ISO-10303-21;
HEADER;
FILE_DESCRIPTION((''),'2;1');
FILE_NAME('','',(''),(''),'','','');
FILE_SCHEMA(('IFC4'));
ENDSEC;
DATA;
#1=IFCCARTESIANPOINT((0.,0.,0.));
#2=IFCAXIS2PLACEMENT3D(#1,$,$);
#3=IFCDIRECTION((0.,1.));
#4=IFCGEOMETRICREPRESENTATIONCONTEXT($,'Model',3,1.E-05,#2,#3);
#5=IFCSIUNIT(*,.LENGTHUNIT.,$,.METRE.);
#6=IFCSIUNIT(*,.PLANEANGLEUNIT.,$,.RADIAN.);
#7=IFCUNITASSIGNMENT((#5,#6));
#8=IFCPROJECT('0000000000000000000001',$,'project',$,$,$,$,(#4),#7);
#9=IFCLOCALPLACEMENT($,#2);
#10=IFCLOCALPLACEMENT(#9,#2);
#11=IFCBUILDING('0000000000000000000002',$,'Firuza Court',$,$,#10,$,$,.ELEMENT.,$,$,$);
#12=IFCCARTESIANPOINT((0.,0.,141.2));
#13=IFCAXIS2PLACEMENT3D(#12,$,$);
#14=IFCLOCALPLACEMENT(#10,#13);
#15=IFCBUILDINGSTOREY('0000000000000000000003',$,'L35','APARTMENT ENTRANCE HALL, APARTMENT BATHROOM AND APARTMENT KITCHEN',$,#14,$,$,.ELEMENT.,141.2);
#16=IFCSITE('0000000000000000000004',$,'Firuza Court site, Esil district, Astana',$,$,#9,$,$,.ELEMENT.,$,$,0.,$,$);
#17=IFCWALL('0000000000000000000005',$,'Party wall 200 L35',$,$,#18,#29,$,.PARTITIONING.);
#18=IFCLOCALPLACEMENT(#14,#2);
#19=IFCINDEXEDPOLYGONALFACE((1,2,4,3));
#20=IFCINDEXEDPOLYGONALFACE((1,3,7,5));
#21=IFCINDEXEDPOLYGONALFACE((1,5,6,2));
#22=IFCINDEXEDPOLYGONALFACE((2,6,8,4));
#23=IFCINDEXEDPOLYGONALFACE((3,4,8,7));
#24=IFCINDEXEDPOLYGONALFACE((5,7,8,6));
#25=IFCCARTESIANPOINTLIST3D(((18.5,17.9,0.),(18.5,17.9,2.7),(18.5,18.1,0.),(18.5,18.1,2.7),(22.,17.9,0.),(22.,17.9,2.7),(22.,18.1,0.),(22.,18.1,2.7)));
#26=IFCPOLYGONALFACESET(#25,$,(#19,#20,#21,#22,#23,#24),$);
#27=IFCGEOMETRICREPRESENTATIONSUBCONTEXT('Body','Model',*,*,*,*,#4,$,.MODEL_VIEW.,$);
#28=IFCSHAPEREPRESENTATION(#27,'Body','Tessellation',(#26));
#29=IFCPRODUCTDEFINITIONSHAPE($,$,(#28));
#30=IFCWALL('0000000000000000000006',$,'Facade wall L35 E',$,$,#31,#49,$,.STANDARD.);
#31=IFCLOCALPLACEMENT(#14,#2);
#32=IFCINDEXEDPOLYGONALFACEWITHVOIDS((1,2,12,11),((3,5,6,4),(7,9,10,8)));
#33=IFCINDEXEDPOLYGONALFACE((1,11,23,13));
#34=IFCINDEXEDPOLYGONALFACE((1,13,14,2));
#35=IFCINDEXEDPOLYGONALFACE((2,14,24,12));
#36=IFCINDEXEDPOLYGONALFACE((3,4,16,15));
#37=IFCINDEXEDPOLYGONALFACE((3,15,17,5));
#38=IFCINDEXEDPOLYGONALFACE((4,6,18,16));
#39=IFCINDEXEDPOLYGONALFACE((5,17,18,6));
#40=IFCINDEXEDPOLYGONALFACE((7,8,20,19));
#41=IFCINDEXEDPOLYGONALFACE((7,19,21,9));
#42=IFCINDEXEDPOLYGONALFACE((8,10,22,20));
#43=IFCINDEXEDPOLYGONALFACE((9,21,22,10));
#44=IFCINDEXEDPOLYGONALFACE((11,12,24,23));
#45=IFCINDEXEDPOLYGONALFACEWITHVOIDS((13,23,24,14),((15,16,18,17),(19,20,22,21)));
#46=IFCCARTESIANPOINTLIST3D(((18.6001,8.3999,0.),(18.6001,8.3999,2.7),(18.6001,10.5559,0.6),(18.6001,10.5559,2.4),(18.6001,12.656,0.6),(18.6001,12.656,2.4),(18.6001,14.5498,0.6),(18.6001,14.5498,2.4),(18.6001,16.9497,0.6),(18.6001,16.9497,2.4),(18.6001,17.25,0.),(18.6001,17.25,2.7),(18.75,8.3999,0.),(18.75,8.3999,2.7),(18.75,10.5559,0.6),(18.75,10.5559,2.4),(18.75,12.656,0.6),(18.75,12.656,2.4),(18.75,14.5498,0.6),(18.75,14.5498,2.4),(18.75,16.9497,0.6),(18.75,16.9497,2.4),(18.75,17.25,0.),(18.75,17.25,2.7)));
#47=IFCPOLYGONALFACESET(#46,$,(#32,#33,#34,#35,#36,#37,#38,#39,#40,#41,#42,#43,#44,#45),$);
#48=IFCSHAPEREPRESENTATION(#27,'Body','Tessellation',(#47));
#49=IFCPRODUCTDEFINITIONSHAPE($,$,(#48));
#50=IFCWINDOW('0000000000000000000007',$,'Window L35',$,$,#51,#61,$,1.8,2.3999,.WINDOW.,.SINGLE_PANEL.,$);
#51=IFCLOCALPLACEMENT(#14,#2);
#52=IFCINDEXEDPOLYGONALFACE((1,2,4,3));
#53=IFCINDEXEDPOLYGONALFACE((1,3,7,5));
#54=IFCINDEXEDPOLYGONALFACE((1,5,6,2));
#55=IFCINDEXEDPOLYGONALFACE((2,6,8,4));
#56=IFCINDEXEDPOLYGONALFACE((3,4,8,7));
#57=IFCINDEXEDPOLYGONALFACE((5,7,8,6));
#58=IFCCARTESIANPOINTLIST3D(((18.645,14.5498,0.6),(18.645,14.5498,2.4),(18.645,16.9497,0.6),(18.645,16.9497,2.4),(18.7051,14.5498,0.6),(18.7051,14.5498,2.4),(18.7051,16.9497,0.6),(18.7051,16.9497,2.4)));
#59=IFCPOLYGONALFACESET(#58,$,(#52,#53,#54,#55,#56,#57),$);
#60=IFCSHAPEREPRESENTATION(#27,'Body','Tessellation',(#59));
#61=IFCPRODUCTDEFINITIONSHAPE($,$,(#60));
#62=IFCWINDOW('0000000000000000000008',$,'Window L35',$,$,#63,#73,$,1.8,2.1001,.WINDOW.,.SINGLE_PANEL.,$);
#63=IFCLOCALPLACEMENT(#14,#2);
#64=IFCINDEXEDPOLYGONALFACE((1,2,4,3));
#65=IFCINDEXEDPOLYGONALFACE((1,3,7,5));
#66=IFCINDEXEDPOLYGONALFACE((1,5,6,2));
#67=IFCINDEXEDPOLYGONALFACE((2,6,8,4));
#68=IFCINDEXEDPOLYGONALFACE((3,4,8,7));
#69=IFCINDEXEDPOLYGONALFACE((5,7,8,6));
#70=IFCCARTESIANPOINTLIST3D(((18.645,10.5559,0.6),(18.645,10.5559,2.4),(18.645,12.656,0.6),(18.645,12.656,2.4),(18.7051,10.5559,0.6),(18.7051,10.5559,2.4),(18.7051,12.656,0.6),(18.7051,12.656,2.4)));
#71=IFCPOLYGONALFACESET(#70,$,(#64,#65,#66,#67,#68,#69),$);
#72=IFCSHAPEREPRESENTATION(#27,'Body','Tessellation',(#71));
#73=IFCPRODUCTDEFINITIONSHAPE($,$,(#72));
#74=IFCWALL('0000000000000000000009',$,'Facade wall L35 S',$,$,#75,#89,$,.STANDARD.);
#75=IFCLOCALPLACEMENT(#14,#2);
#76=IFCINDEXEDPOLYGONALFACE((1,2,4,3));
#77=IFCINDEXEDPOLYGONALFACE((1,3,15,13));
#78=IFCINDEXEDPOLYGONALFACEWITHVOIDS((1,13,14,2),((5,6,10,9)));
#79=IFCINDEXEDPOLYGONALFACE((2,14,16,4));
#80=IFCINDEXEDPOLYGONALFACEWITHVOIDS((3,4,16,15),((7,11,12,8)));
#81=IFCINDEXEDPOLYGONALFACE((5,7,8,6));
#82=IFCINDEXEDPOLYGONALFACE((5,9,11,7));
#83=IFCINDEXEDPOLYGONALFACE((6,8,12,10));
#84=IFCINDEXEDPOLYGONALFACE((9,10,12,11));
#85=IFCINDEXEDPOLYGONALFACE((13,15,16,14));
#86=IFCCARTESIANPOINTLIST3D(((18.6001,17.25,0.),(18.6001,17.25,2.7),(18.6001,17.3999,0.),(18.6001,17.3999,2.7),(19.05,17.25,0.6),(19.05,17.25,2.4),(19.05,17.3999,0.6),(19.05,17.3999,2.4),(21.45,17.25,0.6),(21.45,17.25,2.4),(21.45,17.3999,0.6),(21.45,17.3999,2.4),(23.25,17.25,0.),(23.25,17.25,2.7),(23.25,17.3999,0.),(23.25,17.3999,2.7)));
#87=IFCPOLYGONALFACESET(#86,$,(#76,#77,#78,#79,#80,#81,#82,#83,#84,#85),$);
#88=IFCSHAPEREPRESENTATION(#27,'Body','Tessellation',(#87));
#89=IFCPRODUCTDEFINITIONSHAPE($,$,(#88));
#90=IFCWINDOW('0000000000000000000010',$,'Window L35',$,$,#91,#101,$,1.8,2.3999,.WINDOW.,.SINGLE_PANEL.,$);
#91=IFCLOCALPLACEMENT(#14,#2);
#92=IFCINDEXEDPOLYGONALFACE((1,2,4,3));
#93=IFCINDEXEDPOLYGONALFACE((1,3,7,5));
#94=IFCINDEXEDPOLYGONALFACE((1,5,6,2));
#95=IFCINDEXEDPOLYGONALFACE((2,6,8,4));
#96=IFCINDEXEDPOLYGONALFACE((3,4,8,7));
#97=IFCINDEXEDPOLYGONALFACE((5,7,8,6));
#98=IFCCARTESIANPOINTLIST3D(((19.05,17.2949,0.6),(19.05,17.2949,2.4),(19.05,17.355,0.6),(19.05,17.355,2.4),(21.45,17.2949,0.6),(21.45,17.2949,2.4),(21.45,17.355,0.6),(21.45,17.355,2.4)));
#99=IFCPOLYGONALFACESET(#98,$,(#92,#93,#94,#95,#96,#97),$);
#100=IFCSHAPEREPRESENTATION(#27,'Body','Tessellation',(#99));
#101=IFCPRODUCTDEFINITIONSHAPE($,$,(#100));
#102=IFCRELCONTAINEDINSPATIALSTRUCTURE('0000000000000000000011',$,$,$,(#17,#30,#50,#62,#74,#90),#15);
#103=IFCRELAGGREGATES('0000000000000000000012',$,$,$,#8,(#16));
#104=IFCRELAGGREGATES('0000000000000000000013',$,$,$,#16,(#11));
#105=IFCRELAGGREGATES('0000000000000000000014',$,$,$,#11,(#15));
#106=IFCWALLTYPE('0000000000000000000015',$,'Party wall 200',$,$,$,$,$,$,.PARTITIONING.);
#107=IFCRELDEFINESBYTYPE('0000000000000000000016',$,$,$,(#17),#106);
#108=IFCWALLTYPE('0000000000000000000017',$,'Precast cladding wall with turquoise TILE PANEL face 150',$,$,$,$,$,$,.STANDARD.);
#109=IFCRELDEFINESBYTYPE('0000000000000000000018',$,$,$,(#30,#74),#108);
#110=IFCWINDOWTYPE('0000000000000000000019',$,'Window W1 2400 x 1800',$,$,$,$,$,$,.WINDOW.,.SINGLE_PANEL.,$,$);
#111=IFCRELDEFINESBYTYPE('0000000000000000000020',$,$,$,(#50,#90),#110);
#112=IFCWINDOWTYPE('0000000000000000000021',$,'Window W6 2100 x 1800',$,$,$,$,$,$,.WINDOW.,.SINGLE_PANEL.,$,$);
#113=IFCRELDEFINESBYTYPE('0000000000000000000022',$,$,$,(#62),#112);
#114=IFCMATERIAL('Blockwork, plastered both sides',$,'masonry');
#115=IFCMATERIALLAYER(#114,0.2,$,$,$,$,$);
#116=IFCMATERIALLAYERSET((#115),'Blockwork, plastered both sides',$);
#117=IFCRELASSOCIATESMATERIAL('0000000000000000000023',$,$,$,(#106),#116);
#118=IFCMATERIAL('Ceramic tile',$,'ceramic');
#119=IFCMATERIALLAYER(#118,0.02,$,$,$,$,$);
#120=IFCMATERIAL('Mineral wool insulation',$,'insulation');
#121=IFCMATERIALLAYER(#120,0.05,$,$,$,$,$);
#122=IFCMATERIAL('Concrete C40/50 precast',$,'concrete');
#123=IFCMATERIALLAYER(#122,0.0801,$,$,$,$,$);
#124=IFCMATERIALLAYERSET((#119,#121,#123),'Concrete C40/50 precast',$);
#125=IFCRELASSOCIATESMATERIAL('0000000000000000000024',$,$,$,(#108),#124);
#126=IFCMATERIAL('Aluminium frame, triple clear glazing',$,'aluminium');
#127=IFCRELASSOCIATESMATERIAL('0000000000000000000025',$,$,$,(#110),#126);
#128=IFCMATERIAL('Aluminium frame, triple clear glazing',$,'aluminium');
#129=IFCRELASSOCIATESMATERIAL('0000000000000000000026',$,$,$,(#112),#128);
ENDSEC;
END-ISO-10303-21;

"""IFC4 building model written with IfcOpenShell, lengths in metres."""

from ifc_helpers import new_model, si_unit, direction, frame, frame_2d, origin, place, context, subcontext, project, spatial, rectangle, extrude, material, layer, layer_set, type_object, element, fill, save


model = new_model("IFC4")

# Units and contexts
model_context = context("Model", 3, precision=1e-05, world=origin(), true_north=direction((0.0, 1.0)))
body_context = subcontext(model_context, "Body", "Model", "MODEL_VIEW")
ifc_project = project(units=[si_unit("LENGTHUNIT", "METRE"), si_unit("PLANEANGLEUNIT", "RADIAN")], contexts=[model_context])

# Site, building, storey
site_placement = place(None, origin())
site = spatial("IfcSite", under=ifc_project, at=site_placement, Name="Firuza Court site, Esil district, Astana", CompositionType="ELEMENT", RefElevation=0.0)
building_placement = place(site_placement, origin())
building = spatial("IfcBuilding", under=site, at=building_placement, Name="Firuza Court", CompositionType="ELEMENT")
storey_placement = place(building_placement, frame((0.0, 0.0, 141.2)))
storey = spatial("IfcBuildingStorey", under=building, at=storey_placement, Name="L35", Description="APARTMENT ENTRANCE HALL, APARTMENT BATHROOM AND APARTMENT KITCHEN", CompositionType="ELEMENT", Elevation=141.2)

# Wall
ifc_material_1 = material(Name="Blockwork, plastered both sides", Category="masonry")
ifc_layer_1 = layer(ifc_material_1, 0.2)
ifc_layer_set_1 = layer_set([ifc_layer_1], Name="Blockwork, plastered both sides")
wall_type_1 = type_object("IfcWallType", Name="Party wall 200", PredefinedType="PARTITIONING", material=ifc_layer_set_1)
wall_1_placement = place(storey_placement, frame((18.5, 18.0, 0.0), z_axis=(0.0, 0.0, 1.0), x_axis=(1.0, 0.0, 0.0)))
element("IfcWall", 1, at=wall_1_placement, inside=storey, type_object=wall_type_1, Name="Party wall 200 L35", PredefinedType="PARTITIONING", context=body_context, shape_type="SweptSolid", body=[
    extrude(rectangle(XDim=3.5, YDim=0.2, at=frame_2d((1.75, 0.0))), origin(), (0.0, 0.0, 1.0), 2.7),
])

# Wall, openings, windows
ifc_material_2 = material(Name="Ceramic tile", Category="ceramic")
ifc_layer_2 = layer(ifc_material_2, 0.02)
ifc_material_3 = material(Name="Mineral wool insulation", Category="insulation")
ifc_layer_3 = layer(ifc_material_3, 0.05)
ifc_material_4 = material(Name="Concrete C40/50 precast", Category="concrete")
ifc_layer_4 = layer(ifc_material_4, 0.0801)
ifc_layer_set_2 = layer_set([ifc_layer_2, ifc_layer_3, ifc_layer_4], Name="Concrete C40/50 precast")
wall_type_2 = type_object("IfcWallType", Name="Precast cladding wall with turquoise TILE PANEL face 150", PredefinedType="STANDARD", material=ifc_layer_set_2)
wall_2_placement = place(storey_placement, frame((18.675, 8.3999, 0.0), z_axis=(0.0, 0.0, 1.0), x_axis=(0.0, 1.0, 0.0)))
wall_2 = element("IfcWall", 2, at=wall_2_placement, inside=storey, type_object=wall_type_2, Name="Facade wall L35 E", PredefinedType="STANDARD", context=body_context, shape_type="SweptSolid", body=[
    extrude(rectangle(XDim=8.8501, YDim=0.1499, at=frame_2d((4.425, 0.0))), origin(), (0.0, 0.0, 1.0), 2.7),
])
opening_1_placement = place(wall_2_placement, frame((2.156, 0.0, 0.6001)))
opening_1 = element("IfcOpeningElement", 3, at=opening_1_placement, cuts=wall_2, PredefinedType="OPENING", context=body_context, shape_type="SweptSolid", body=[
    extrude(rectangle(XDim=2.1001, YDim=1.8, at=frame_2d((1.05, 0.8999))), frame((0.0, 0.0869, 0.0), z_axis=(0.0, -1.0, 0.0), x_axis=(1.0, 0.0, 0.0)), (0.0, 0.0, 1.0), 0.1738),
])
opening_2_placement = place(wall_2_placement, frame((6.1499, 0.0, 0.6001)))
opening_2 = element("IfcOpeningElement", 4, at=opening_2_placement, cuts=wall_2, PredefinedType="OPENING", context=body_context, shape_type="SweptSolid", body=[
    extrude(rectangle(XDim=2.3999, YDim=1.8, at=frame_2d((1.2, 0.8999))), frame((0.0, 0.0869, 0.0), z_axis=(0.0, -1.0, 0.0), x_axis=(1.0, 0.0, 0.0)), (0.0, 0.0, 1.0), 0.1738),
])
ifc_material_5 = material(Name="Aluminium frame, triple clear glazing", Category="aluminium")
window_type_1 = type_object("IfcWindowType", Name="Window W1 2400 x 1800", PartitioningType="SINGLE_PANEL", PredefinedType="WINDOW", material=ifc_material_5)
window_1_placement = place(opening_2_placement, origin())
window_1 = element("IfcWindow", 5, at=window_1_placement, inside=storey, type_object=window_type_1, Name="Window L35", OverallHeight=1.8, OverallWidth=2.3999, PartitioningType="SINGLE_PANEL", PredefinedType="WINDOW", context=body_context, shape_type="SweptSolid", body=[
    extrude(rectangle(XDim=2.3999, YDim=1.8, at=frame_2d((1.2, 0.8999))), frame((0.0, 0.03, 0.0), z_axis=(0.0, -1.0, 0.0), x_axis=(1.0, 0.0, 0.0)), (0.0, 0.0, 1.0), 0.0601),
])
fill(opening_2, window_1)
ifc_material_6 = material(Name="Aluminium frame, triple clear glazing", Category="aluminium")
window_type_2 = type_object("IfcWindowType", Name="Window W6 2100 x 1800", PartitioningType="SINGLE_PANEL", PredefinedType="WINDOW", material=ifc_material_6)
window_2_placement = place(opening_1_placement, origin())
window_2 = element("IfcWindow", 6, at=window_2_placement, inside=storey, type_object=window_type_2, Name="Window L35", OverallHeight=1.8, OverallWidth=2.1001, PartitioningType="SINGLE_PANEL", PredefinedType="WINDOW", context=body_context, shape_type="SweptSolid", body=[
    extrude(rectangle(XDim=2.1001, YDim=1.8, at=frame_2d((1.05, 0.8999))), frame((0.0, 0.03, 0.0), z_axis=(0.0, -1.0, 0.0), x_axis=(1.0, 0.0, 0.0)), (0.0, 0.0, 1.0), 0.0601),
])
fill(opening_1, window_2)

# Wall, opening, window
wall_3_placement = place(storey_placement, frame((18.6001, 17.325, 0.0), z_axis=(0.0, 0.0, 1.0), x_axis=(1.0, 0.0, 0.0)))
wall_3 = element("IfcWall", 7, at=wall_3_placement, inside=storey, type_object=wall_type_2, Name="Facade wall L35 S", PredefinedType="STANDARD", context=body_context, shape_type="SweptSolid", body=[
    extrude(rectangle(XDim=4.6499, YDim=0.1499, at=frame_2d((2.325, 0.0))), origin(), (0.0, 0.0, 1.0), 2.7),
])
opening_3_placement = place(wall_3_placement, frame((0.45, 0.0, 0.6001)))
opening_3 = element("IfcOpeningElement", 8, at=opening_3_placement, cuts=wall_3, PredefinedType="OPENING", context=body_context, shape_type="SweptSolid", body=[
    extrude(rectangle(XDim=2.3999, YDim=1.8, at=frame_2d((1.2, 0.8999))), frame((0.0, 0.0869, 0.0), z_axis=(0.0, -1.0, 0.0), x_axis=(1.0, 0.0, 0.0)), (0.0, 0.0, 1.0), 0.1738),
])
window_3_placement = place(opening_3_placement, origin())
window_3 = element("IfcWindow", 9, at=window_3_placement, inside=storey, type_object=window_type_1, Name="Window L35", OverallHeight=1.8, OverallWidth=2.3999, PartitioningType="SINGLE_PANEL", PredefinedType="WINDOW", context=body_context, shape_type="SweptSolid", body=[
    extrude(rectangle(XDim=2.3999, YDim=1.8, at=frame_2d((1.2, 0.8999))), frame((0.0, 0.03, 0.0), z_axis=(0.0, -1.0, 0.0), x_axis=(1.0, 0.0, 0.0)), (0.0, 0.0, 1.0), 0.0601),
])
fill(opening_3, window_3)

save(model, "model.ifc")
